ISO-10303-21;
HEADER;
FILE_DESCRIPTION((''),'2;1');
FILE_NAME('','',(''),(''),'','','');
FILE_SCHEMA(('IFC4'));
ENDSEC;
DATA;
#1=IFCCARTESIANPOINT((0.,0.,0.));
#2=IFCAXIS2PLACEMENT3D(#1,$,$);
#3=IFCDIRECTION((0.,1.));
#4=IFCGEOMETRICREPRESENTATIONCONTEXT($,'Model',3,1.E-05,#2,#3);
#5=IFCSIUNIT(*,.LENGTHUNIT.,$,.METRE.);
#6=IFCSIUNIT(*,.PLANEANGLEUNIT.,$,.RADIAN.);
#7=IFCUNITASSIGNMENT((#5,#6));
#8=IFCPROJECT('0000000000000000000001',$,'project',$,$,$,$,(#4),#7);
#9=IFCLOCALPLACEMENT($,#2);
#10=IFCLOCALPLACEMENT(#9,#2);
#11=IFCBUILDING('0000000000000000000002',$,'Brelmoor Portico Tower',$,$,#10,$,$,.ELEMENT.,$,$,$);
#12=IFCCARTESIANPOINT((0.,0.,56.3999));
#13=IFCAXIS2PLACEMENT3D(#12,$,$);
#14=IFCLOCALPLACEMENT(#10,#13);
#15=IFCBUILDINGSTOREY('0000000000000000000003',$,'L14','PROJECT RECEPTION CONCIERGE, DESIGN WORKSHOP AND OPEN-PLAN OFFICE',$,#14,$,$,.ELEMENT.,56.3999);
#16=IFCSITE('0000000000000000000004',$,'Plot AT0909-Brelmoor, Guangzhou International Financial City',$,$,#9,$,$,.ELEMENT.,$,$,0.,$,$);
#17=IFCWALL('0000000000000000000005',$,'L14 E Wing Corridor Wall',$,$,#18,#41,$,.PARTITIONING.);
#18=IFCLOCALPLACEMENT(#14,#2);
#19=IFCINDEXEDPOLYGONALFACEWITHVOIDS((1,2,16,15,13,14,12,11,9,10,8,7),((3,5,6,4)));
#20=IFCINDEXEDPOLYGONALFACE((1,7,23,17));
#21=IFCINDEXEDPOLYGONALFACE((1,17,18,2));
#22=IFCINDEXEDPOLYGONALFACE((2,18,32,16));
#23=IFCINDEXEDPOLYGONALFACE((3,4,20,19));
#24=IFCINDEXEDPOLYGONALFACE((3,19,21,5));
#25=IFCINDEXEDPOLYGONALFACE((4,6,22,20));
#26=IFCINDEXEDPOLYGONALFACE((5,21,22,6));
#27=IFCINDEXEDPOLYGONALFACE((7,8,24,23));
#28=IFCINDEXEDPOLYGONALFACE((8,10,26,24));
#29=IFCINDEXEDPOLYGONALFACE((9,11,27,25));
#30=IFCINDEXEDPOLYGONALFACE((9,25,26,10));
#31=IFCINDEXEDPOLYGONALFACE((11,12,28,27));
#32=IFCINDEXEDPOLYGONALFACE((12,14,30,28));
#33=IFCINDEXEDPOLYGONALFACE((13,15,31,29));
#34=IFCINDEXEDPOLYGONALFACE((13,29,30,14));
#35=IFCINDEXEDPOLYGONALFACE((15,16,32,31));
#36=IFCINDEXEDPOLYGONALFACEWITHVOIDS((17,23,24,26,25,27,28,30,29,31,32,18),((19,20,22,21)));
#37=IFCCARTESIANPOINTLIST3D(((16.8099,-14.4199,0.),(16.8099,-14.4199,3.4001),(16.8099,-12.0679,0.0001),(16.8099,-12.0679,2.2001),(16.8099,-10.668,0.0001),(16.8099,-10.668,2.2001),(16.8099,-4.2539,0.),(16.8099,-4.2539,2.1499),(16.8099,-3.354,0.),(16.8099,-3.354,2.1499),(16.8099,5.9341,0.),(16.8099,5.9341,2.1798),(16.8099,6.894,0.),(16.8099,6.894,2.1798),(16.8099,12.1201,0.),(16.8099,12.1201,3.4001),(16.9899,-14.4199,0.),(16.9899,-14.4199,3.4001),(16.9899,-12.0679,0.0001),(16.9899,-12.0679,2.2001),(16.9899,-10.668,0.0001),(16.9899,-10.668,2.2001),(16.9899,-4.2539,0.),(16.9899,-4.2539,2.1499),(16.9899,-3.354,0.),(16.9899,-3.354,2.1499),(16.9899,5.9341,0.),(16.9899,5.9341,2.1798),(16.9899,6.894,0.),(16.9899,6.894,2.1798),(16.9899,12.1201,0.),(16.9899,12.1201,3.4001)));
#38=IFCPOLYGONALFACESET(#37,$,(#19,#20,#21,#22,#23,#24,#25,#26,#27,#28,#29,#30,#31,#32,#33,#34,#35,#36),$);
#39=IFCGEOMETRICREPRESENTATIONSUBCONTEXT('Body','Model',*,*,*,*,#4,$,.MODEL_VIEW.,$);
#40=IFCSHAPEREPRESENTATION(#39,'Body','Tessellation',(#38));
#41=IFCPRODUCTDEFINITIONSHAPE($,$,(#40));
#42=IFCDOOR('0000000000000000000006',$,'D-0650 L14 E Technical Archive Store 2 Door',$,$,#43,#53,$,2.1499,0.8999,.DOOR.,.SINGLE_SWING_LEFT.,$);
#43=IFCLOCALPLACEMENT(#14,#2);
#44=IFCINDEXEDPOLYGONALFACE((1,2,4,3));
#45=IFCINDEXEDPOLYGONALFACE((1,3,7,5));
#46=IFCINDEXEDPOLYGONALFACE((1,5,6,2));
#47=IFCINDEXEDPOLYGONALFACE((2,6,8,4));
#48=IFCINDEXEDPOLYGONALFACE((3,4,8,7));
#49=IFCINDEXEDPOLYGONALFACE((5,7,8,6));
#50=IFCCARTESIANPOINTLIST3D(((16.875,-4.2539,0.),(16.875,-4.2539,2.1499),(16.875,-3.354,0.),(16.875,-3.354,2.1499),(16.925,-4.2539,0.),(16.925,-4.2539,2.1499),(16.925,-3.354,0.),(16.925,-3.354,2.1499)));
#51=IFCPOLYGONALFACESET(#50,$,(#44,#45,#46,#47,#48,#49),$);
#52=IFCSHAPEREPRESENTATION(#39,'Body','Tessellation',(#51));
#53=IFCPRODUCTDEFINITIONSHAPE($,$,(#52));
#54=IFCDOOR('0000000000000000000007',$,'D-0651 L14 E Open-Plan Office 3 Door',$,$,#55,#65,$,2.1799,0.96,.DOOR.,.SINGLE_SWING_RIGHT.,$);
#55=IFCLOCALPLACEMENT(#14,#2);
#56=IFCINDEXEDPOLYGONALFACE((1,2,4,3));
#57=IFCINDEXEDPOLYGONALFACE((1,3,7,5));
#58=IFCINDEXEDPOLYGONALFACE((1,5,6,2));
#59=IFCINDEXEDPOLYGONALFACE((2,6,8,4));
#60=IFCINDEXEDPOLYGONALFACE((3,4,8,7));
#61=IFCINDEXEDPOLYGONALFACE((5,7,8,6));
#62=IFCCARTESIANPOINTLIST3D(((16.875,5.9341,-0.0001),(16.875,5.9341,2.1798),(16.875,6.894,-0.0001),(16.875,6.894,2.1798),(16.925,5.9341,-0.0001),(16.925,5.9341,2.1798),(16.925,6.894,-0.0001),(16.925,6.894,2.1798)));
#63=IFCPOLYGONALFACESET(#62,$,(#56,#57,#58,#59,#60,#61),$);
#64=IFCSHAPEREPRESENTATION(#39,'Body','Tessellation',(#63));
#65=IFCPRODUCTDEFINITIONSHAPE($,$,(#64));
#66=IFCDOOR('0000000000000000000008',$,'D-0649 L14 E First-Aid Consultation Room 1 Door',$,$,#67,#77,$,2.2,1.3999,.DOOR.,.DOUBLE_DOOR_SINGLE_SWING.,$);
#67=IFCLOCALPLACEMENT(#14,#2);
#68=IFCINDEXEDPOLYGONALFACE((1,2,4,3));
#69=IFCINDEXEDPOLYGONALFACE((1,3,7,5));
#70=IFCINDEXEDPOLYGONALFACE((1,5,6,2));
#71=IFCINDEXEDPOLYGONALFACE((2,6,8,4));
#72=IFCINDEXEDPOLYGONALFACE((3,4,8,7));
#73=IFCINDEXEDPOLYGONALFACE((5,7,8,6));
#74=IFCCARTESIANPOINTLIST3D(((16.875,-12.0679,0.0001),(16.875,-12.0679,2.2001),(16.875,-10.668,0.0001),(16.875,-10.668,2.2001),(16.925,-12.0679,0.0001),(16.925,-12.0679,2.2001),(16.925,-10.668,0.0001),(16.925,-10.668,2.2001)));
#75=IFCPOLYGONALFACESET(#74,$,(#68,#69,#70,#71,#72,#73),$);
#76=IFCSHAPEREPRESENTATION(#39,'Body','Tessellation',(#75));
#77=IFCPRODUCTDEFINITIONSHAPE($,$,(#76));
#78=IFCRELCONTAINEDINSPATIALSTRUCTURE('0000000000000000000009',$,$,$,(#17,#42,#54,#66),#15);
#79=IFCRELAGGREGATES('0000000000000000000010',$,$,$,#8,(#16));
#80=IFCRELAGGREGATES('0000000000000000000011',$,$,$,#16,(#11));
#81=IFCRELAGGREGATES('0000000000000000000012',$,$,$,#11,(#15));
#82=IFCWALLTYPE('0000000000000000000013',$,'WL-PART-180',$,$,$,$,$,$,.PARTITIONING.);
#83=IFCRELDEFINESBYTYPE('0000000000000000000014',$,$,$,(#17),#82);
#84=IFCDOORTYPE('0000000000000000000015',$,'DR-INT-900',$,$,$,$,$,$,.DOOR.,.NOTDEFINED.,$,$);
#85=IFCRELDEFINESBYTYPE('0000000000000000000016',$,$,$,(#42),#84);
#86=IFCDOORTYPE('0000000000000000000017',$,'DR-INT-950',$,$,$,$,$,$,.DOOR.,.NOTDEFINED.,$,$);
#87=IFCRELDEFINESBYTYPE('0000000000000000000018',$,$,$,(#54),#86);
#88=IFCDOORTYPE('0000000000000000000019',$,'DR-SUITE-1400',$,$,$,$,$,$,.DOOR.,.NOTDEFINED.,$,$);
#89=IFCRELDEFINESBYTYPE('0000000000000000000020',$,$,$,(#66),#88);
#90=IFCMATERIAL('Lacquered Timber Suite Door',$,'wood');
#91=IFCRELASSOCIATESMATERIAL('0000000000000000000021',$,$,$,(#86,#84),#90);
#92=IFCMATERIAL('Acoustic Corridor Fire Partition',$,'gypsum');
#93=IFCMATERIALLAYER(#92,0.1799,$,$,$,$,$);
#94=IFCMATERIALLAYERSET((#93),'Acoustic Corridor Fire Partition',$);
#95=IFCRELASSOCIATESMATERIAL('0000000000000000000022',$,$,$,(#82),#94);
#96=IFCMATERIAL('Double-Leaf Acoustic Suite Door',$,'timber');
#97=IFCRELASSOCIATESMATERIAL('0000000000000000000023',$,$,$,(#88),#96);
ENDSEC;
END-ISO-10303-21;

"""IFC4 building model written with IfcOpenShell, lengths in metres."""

from ifc_helpers import new_model, si_unit, direction, frame, frame_2d, origin, place, context, subcontext, project, spatial, rectangle, extrude, material, layer, layer_set, type_object, element, fill, save


model = new_model("IFC4")

# Units and contexts
model_context = context("Model", 3, precision=1e-05, world=origin(), true_north=direction((0.0, 1.0)))
body_context = subcontext(model_context, "Body", "Model", "MODEL_VIEW")
ifc_project = project(units=[si_unit("LENGTHUNIT", "METRE"), si_unit("PLANEANGLEUNIT", "RADIAN")], contexts=[model_context])

# Site, building, storey
site_placement = place(None, origin())
site = spatial("IfcSite", under=ifc_project, at=site_placement, Name="Plot AT0909-Brelmoor, Guangzhou International Financial City", CompositionType="ELEMENT", RefElevation=0.0)
building_placement = place(site_placement, origin())
building = spatial("IfcBuilding", under=site, at=building_placement, Name="Brelmoor Portico Tower", CompositionType="ELEMENT")
storey_placement = place(building_placement, frame((0.0, 0.0, 56.3999)))
storey = spatial("IfcBuildingStorey", under=building, at=storey_placement, Name="L14", Description="PROJECT RECEPTION CONCIERGE, DESIGN WORKSHOP AND OPEN-PLAN OFFICE", CompositionType="ELEMENT", Elevation=56.3999)

# Shared definitions
ifc_material_1 = material(Name="Lacquered Timber Suite Door", Category="wood")
door_type_1 = type_object("IfcDoorType", Name="DR-INT-950", OperationType="NOTDEFINED", PredefinedType="DOOR", material=ifc_material_1)

# Wall, openings, doors
ifc_material_2 = material(Name="Acoustic Corridor Fire Partition", Category="gypsum")
ifc_layer_1 = layer(ifc_material_2, 0.1799)
ifc_layer_set_1 = layer_set([ifc_layer_1], Name="Acoustic Corridor Fire Partition")
wall_type_1 = type_object("IfcWallType", Name="WL-PART-180", PredefinedType="PARTITIONING", material=ifc_layer_set_1)
wall_1_placement = place(storey_placement, frame((16.8999, -14.4199, 0.0), z_axis=(0.0, 0.0, 1.0), x_axis=(0.0, 1.0, 0.0)))
wall_1 = element("IfcWall", 1, at=wall_1_placement, inside=storey, type_object=wall_type_1, Name="L14 E Wing Corridor Wall", PredefinedType="PARTITIONING", context=body_context, shape_type="SweptSolid", body=[
    extrude(rectangle(XDim=26.54, YDim=0.1799, at=frame_2d((13.27, 0.0))), origin(), (0.0, 0.0, 1.0), 3.4001),
])
opening_1_placement = place(wall_1_placement, frame((2.3521, 0.0, 0.0)))
opening_1 = element("IfcOpeningElement", 2, at=opening_1_placement, cuts=wall_1, PredefinedType="OPENING", context=body_context, shape_type="SweptSolid", body=[
    extrude(rectangle(XDim=1.3999, YDim=2.2, at=frame_2d((0.7, 1.1001))), frame((0.0, 0.0999, 0.0), z_axis=(0.0, -1.0, 0.0), x_axis=(1.0, 0.0, 0.0)), (0.0, 0.0, 1.0), 0.2),
])
opening_2_placement = place(wall_1_placement, frame((10.166, 0.0, 0.0)))
opening_2 = element("IfcOpeningElement", 3, at=opening_2_placement, cuts=wall_1, PredefinedType="OPENING", context=body_context, shape_type="SweptSolid", body=[
    extrude(rectangle(XDim=0.8999, YDim=2.1499, at=frame_2d((0.45, 1.075))), frame((0.0, 0.0999, 0.0), z_axis=(0.0, -1.0, 0.0), x_axis=(1.0, 0.0, 0.0)), (0.0, 0.0, 1.0), 0.2),
])
opening_3_placement = place(wall_1_placement, frame((20.354, 0.0, 0.0)))
opening_3 = element("IfcOpeningElement", 4, at=opening_3_placement, cuts=wall_1, PredefinedType="OPENING", context=body_context, shape_type="SweptSolid", body=[
    extrude(rectangle(XDim=0.96, YDim=2.1799, at=frame_2d((0.48, 1.0898))), frame((0.0, 0.0999, 0.0), z_axis=(0.0, -1.0, 0.0), x_axis=(1.0, 0.0, 0.0)), (0.0, 0.0, 1.0), 0.2),
])
door_type_2 = type_object("IfcDoorType", Name="DR-INT-900", OperationType="NOTDEFINED", PredefinedType="DOOR", material=ifc_material_1)
door_1_placement = place(opening_2_placement, origin())
door_1 = element("IfcDoor", 5, at=door_1_placement, inside=storey, type_object=door_type_2, Name="D-0650 L14 E Technical Archive Store 2 Door", OperationType="SINGLE_SWING_LEFT", OverallHeight=2.1499, OverallWidth=0.8999, PredefinedType="DOOR", context=body_context, shape_type="SweptSolid", body=[
    extrude(rectangle(XDim=0.8999, YDim=2.1499, at=frame_2d((0.45, 1.075))), frame((0.0, 0.0249, 0.0), z_axis=(0.0, -1.0, 0.0), x_axis=(1.0, 0.0, 0.0)), (0.0, 0.0, 1.0), 0.05),
])
fill(opening_2, door_1)
door_2_placement = place(opening_3_placement, origin())
door_2 = element("IfcDoor", 6, at=door_2_placement, inside=storey, type_object=door_type_1, Name="D-0651 L14 E Open-Plan Office 3 Door", OperationType="SINGLE_SWING_RIGHT", OverallHeight=2.1799, OverallWidth=0.96, PredefinedType="DOOR", context=body_context, shape_type="SweptSolid", body=[
    extrude(rectangle(XDim=0.96, YDim=2.1799, at=frame_2d((0.48, 1.0898))), frame((0.0, 0.0249, 0.0), z_axis=(0.0, -1.0, 0.0), x_axis=(1.0, 0.0, 0.0)), (0.0, 0.0, 1.0), 0.05),
])
fill(opening_3, door_2)
ifc_material_3 = material(Name="Double-Leaf Acoustic Suite Door", Category="timber")
door_type_3 = type_object("IfcDoorType", Name="DR-SUITE-1400", OperationType="NOTDEFINED", PredefinedType="DOOR", material=ifc_material_3)
door_3_placement = place(opening_1_placement, origin())
door_3 = element("IfcDoor", 7, at=door_3_placement, inside=storey, type_object=door_type_3, Name="D-0649 L14 E First-Aid Consultation Room 1 Door", OperationType="DOUBLE_DOOR_SINGLE_SWING", OverallHeight=2.2, OverallWidth=1.3999, PredefinedType="DOOR", context=body_context, shape_type="SweptSolid", body=[
    extrude(rectangle(XDim=1.3999, YDim=2.2, at=frame_2d((0.7, 1.1001))), frame((0.0, 0.0249, 0.0), z_axis=(0.0, -1.0, 0.0), x_axis=(1.0, 0.0, 0.0)), (0.0, 0.0, 1.0), 0.05),
])
fill(opening_1, door_3)

save(model, "model.ifc")
